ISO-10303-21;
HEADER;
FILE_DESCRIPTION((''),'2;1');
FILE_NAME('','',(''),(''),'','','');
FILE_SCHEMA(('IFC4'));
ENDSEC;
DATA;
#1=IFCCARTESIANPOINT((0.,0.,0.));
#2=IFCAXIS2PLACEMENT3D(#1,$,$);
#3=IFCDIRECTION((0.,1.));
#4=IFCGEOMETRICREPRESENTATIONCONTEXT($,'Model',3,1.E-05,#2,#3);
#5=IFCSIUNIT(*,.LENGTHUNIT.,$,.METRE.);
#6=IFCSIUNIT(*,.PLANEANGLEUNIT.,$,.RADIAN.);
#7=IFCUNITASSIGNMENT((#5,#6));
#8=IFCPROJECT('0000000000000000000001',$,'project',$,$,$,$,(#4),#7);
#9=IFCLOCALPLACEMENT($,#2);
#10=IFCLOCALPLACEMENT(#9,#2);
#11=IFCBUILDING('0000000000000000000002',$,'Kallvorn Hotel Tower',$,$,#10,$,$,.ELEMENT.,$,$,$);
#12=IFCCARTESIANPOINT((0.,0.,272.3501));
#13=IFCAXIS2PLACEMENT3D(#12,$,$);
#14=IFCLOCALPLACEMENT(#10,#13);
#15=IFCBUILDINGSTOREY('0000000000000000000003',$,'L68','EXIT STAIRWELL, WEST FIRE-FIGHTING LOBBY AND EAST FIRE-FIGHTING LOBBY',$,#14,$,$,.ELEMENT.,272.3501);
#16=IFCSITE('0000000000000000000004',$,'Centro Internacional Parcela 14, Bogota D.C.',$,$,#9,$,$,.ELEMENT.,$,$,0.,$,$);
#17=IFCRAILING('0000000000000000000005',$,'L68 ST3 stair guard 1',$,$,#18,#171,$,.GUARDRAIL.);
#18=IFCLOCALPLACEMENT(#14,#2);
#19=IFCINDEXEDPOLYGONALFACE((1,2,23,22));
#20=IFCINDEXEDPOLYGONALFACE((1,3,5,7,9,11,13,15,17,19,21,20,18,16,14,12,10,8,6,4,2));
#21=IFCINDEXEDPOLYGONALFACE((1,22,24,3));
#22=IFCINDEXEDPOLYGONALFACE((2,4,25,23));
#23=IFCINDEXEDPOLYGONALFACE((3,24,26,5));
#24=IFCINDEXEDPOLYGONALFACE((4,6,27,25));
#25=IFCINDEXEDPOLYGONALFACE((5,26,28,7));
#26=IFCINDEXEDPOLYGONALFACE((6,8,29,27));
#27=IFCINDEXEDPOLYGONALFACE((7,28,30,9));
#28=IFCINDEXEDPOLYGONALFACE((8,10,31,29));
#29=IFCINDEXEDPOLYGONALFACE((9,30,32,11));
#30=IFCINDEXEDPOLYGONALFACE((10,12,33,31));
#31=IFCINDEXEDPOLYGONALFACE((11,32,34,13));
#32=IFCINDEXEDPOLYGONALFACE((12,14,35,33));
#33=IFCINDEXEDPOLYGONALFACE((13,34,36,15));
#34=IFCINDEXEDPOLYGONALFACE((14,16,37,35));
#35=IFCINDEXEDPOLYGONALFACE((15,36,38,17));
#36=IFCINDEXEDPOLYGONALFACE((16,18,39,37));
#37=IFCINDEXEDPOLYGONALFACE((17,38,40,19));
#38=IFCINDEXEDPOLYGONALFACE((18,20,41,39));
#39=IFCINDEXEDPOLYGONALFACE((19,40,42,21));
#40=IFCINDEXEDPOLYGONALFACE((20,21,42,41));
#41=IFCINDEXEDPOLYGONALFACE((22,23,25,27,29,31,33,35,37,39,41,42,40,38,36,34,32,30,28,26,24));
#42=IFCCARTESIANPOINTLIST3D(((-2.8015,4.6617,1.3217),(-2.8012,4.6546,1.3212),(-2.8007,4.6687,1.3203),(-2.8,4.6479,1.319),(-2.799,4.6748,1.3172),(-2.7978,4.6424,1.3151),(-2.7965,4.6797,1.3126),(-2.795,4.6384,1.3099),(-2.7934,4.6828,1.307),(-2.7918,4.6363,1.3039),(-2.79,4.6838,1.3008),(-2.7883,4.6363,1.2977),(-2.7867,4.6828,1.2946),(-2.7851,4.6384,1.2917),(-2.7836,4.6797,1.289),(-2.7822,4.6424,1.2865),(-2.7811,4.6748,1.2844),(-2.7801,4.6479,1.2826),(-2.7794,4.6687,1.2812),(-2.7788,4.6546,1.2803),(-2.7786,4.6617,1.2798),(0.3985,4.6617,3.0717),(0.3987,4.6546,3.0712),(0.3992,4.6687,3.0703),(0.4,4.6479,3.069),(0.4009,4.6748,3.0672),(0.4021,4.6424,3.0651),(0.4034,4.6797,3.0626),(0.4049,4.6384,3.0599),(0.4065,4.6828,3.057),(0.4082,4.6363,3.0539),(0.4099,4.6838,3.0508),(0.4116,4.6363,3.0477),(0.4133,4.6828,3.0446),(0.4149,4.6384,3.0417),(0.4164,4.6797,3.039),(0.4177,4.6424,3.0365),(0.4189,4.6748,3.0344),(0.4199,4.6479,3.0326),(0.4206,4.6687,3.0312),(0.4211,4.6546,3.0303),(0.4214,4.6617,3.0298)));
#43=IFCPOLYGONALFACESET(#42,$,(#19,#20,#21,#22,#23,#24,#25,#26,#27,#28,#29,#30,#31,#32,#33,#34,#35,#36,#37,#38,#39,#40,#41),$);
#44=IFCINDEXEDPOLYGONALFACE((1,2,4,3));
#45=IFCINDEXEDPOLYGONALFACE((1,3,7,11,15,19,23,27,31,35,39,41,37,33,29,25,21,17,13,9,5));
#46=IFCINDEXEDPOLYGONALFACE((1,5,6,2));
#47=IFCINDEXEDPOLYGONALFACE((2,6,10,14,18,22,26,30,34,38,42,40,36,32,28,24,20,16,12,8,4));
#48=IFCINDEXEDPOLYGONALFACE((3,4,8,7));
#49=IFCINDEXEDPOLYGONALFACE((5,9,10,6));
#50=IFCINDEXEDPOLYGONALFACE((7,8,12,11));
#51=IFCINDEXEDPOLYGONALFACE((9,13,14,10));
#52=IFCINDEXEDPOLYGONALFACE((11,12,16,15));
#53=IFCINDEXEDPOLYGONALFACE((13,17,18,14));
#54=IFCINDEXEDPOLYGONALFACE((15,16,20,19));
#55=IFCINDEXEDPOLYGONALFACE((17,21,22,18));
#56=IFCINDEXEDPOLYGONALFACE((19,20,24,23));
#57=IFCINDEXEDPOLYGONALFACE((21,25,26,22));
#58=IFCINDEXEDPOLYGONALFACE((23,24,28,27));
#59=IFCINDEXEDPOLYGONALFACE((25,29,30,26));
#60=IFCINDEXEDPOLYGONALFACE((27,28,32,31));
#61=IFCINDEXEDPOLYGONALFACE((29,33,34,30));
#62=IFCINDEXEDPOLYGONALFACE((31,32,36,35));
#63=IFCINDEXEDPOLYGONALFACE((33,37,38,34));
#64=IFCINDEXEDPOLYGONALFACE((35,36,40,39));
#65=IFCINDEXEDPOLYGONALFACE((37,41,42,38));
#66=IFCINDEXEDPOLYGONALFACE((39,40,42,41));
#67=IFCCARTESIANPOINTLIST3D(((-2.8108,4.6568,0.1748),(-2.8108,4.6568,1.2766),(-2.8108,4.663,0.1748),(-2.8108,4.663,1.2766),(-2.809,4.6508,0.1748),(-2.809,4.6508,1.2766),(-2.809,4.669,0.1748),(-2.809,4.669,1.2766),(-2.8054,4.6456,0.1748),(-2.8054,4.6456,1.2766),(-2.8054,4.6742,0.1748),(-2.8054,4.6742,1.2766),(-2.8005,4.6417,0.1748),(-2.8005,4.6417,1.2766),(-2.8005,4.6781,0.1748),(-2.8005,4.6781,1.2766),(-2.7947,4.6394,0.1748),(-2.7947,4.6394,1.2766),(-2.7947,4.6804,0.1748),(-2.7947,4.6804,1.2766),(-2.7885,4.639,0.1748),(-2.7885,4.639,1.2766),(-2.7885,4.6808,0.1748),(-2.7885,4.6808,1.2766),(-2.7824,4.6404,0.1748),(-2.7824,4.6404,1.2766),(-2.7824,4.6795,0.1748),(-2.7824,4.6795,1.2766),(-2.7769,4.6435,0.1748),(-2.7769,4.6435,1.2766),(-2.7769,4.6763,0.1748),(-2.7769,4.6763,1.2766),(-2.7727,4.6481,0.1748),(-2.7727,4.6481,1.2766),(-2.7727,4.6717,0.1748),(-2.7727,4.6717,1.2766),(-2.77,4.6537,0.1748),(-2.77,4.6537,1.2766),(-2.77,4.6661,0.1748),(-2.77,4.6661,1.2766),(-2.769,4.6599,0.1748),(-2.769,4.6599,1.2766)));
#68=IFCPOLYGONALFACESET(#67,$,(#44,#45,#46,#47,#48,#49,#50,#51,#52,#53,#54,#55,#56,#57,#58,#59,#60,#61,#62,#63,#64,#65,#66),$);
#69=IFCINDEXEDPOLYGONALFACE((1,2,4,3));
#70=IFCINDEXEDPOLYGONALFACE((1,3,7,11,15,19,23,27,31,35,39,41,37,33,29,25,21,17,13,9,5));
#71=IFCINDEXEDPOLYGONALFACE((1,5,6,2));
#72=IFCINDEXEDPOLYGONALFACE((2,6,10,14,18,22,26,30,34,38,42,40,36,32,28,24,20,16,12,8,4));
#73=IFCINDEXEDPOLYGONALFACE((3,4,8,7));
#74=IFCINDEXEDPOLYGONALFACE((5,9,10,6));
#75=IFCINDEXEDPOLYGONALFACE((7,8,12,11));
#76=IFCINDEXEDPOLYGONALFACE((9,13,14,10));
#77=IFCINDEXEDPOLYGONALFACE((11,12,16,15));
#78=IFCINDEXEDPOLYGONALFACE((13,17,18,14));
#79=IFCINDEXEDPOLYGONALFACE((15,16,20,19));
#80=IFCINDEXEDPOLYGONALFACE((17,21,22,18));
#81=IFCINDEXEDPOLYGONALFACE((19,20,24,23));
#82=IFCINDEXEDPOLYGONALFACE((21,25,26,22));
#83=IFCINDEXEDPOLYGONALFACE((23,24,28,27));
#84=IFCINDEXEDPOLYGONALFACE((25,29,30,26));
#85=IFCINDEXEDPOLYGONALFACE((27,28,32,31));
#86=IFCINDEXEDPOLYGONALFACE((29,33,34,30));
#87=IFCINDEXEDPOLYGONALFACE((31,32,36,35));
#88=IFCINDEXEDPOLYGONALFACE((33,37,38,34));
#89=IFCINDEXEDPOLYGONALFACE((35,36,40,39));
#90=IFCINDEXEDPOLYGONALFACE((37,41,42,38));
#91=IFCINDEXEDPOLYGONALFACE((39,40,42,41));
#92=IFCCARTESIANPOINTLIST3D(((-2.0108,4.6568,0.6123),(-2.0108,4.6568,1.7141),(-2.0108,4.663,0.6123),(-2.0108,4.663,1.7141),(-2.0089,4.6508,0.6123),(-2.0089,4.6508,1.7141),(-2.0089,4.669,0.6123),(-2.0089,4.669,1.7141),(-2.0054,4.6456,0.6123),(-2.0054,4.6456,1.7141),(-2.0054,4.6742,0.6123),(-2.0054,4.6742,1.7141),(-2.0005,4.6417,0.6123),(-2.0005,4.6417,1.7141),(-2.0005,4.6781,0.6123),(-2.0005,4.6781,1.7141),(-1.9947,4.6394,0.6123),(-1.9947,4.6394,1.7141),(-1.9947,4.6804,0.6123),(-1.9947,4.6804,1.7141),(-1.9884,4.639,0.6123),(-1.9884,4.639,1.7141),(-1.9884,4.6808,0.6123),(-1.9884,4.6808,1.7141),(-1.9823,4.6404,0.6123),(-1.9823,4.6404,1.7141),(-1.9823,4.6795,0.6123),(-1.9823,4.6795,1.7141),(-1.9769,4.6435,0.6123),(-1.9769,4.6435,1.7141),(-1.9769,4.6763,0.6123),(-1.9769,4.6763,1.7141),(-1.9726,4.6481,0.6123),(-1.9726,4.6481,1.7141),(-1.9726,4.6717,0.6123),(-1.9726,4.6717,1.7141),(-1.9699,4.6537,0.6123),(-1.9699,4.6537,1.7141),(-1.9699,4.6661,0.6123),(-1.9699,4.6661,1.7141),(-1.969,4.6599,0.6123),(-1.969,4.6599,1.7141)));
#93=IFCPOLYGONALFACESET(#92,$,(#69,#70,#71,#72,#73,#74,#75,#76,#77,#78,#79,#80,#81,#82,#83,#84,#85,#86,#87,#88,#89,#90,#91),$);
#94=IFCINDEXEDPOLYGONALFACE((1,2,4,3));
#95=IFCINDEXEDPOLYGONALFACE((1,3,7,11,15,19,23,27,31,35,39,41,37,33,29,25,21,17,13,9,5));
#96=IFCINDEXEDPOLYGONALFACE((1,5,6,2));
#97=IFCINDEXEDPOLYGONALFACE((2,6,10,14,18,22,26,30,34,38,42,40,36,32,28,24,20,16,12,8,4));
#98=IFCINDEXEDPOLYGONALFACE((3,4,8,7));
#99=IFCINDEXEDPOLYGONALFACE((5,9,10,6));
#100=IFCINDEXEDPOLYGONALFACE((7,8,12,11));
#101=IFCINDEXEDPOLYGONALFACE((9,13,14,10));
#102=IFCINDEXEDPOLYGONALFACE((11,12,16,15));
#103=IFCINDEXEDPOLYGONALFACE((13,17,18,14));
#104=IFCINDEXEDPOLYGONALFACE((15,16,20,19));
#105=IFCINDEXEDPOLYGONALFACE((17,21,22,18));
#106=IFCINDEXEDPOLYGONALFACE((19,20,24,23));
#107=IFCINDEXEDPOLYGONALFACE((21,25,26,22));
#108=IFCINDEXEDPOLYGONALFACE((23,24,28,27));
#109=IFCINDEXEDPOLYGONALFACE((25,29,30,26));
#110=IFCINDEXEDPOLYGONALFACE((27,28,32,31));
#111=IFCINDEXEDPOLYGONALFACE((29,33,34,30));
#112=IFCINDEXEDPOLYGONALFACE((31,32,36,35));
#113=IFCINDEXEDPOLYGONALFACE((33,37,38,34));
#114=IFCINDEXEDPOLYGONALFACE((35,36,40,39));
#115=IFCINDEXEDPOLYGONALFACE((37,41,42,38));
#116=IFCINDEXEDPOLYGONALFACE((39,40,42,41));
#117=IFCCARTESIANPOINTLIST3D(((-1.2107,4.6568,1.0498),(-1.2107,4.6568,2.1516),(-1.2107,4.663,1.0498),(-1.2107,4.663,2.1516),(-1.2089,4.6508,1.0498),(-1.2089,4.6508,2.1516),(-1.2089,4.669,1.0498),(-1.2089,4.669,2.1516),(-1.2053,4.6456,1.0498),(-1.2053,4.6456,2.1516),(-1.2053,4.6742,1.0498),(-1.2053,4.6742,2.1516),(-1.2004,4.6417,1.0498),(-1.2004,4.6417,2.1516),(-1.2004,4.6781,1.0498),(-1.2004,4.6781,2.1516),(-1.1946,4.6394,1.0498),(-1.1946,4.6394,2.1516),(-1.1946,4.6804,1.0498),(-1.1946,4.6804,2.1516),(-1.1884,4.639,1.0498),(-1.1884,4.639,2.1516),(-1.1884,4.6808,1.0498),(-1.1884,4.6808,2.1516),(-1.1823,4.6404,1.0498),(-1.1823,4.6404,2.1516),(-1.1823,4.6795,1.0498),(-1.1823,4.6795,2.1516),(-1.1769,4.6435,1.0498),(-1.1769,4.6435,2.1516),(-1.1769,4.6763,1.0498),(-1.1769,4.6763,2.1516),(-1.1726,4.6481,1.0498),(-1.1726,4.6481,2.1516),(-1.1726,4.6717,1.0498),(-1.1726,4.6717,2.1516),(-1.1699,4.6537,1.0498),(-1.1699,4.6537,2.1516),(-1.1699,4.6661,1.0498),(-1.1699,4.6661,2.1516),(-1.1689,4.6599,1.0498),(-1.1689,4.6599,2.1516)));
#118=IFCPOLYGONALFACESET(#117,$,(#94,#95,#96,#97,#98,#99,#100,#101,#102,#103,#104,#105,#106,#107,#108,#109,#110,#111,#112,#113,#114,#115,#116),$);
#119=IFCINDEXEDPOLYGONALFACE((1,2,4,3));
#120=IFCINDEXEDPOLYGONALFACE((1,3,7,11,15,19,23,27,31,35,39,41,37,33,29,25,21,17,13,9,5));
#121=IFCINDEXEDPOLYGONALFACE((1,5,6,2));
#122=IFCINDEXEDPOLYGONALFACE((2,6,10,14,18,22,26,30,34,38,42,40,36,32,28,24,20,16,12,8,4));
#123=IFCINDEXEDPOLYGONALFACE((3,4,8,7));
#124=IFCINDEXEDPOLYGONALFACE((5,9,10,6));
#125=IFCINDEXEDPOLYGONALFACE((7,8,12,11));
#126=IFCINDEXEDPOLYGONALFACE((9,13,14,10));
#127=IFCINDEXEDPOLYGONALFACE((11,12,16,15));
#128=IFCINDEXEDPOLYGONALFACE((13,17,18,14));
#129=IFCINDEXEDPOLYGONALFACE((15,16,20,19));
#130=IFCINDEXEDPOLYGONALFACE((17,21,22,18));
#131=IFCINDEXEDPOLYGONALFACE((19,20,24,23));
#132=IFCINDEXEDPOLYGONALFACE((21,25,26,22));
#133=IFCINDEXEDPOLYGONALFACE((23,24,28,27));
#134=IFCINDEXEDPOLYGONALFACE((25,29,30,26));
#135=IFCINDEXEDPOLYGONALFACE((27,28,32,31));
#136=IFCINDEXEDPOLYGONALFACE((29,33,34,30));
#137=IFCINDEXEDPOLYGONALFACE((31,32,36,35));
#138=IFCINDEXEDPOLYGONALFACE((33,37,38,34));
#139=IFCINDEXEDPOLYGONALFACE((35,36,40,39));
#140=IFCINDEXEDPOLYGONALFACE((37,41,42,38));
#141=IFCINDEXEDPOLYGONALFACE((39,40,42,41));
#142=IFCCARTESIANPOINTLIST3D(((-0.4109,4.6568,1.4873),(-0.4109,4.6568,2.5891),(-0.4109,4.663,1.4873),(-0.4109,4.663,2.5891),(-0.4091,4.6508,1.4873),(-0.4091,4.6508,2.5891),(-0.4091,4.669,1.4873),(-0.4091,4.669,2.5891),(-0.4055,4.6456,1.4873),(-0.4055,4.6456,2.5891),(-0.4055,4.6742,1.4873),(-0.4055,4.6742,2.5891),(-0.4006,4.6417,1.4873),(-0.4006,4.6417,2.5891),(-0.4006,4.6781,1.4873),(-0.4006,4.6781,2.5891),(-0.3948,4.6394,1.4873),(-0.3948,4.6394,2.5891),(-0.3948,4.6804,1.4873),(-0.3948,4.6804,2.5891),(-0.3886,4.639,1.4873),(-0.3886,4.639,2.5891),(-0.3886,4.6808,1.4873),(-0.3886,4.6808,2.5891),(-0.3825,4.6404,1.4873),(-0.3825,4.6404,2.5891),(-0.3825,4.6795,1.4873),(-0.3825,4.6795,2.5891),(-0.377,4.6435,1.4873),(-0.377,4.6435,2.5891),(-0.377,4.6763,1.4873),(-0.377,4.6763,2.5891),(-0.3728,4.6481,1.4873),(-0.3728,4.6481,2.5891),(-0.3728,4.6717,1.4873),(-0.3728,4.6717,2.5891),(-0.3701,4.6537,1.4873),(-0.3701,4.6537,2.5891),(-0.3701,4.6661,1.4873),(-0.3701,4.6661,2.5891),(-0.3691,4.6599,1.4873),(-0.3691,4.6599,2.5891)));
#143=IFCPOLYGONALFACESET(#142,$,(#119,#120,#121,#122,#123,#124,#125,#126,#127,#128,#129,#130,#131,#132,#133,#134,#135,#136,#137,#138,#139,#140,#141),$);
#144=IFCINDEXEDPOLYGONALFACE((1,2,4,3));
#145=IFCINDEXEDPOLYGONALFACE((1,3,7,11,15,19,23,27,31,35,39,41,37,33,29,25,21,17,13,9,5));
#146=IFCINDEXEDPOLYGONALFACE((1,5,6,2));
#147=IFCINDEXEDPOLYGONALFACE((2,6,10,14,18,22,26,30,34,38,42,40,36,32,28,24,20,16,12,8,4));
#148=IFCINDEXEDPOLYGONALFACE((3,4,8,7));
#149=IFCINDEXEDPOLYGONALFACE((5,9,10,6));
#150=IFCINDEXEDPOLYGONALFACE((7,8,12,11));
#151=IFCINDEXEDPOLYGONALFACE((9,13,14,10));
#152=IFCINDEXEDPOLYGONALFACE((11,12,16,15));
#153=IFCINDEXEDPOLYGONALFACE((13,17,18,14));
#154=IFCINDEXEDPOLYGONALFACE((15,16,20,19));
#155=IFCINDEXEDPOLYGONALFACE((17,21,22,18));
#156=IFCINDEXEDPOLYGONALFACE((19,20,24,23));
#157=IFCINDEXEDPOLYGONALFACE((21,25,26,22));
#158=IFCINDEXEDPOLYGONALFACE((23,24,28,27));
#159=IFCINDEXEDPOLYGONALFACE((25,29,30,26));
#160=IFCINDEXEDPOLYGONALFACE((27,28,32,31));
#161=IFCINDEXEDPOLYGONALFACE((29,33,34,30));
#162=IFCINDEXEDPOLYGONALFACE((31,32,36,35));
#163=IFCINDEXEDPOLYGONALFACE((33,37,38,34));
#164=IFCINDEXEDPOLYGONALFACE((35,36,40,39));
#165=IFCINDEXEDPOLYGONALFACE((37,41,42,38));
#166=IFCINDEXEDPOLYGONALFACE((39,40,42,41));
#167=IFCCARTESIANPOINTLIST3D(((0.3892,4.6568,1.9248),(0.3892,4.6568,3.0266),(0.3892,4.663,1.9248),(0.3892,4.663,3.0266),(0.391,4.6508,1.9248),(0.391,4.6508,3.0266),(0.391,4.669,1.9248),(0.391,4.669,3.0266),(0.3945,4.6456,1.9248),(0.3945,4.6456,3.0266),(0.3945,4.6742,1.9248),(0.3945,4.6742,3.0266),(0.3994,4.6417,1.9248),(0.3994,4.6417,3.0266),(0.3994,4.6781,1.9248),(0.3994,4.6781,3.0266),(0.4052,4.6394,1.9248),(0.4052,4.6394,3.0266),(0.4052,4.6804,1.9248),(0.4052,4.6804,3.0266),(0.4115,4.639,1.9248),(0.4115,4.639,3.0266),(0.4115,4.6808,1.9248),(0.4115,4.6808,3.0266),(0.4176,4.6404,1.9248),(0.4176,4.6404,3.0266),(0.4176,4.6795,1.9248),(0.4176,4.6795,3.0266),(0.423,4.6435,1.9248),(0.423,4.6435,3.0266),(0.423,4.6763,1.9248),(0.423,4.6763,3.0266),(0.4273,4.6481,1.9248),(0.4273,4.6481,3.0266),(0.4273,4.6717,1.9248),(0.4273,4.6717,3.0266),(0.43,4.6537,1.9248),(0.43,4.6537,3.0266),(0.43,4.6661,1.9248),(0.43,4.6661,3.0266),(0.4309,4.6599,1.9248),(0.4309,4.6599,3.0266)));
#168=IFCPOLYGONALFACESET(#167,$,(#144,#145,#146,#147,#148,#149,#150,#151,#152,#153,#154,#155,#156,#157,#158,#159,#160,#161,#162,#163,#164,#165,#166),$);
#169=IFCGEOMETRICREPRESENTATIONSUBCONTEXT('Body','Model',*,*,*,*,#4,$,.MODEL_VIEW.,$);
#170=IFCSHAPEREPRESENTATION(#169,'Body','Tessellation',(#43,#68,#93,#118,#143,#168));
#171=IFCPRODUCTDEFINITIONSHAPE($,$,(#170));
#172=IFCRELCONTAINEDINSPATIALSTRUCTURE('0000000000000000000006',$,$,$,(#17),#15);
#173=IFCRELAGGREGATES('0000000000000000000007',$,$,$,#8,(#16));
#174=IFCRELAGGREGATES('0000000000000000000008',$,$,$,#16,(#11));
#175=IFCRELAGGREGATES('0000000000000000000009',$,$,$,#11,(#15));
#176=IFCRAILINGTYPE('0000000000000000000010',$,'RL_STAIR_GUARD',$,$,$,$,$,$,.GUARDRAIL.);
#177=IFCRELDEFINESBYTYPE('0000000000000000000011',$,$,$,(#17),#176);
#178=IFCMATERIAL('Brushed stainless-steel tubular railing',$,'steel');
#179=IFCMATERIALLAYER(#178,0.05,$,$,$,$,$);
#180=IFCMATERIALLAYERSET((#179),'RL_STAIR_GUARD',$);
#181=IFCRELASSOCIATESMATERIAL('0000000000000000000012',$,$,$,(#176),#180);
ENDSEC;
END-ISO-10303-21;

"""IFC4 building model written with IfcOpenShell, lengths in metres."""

from ifc_helpers import new_model, si_unit, direction, frame, origin, origin_2d, place, context, subcontext, project, spatial, circle, extrude, material, layer, layer_set, type_object, element, save


model = new_model("IFC4")

# Units and contexts
model_context = context("Model", 3, precision=1e-05, world=origin(), true_north=direction((0.0, 1.0)))
body_context = subcontext(model_context, "Body", "Model", "MODEL_VIEW")
ifc_project = project(units=[si_unit("LENGTHUNIT", "METRE"), si_unit("PLANEANGLEUNIT", "RADIAN")], contexts=[model_context])

# Site, building, storey
site_placement = place(None, origin())
site = spatial("IfcSite", under=ifc_project, at=site_placement, Name="Centro Internacional Parcela 14, Bogota D.C.", CompositionType="ELEMENT", RefElevation=0.0)
building_placement = place(site_placement, origin())
building = spatial("IfcBuilding", under=site, at=building_placement, Name="Kallvorn Hotel Tower", CompositionType="ELEMENT")
storey_placement = place(building_placement, frame((0.0, 0.0, 272.3501)))
storey = spatial("IfcBuildingStorey", under=building, at=storey_placement, Name="L68", Description="EXIT STAIRWELL, WEST FIRE-FIGHTING LOBBY AND EAST FIRE-FIGHTING LOBBY", CompositionType="ELEMENT", Elevation=272.3501)

# Railing
ifc_material_1 = material(Name="Brushed stainless-steel tubular railing", Category="steel")
ifc_layer_1 = layer(ifc_material_1, 0.05)
ifc_layer_set_1 = layer_set([ifc_layer_1], Name="RL_STAIR_GUARD")
railing_type_1 = type_object("IfcRailingType", Name="RL_STAIR_GUARD", PredefinedType="GUARDRAIL", material=ifc_layer_set_1)
railing_1_placement = place(storey_placement, frame((-2.79, 4.6599, 0.1748)))
element("IfcRailing", 1, at=railing_1_placement, inside=storey, type_object=railing_type_1, Name="L68 ST3 stair guard 1", PredefinedType="GUARDRAIL", context=body_context, shape_type="SweptSolid", body=[
    extrude(circle(Radius=0.0239, at=origin_2d()), frame((0.0, 0.0, 1.126), z_axis=(0.877368, 0.0, 0.479818), x_axis=(0.0, 1.0, 0.0)), (0.0, 0.0, 1.0), 3.6472),
    extrude(circle(Radius=0.021, at=origin_2d()), origin(), (0.0, 0.0, 1.0), 1.1018),
    extrude(circle(Radius=0.021, at=origin_2d()), frame((0.8, 0.0, 0.4375)), (0.0, 0.0, 1.0), 1.1018),
    extrude(circle(Radius=0.021, at=origin_2d()), frame((1.6001, 0.0, 0.875)), (0.0, 0.0, 1.0), 1.1018),
    extrude(circle(Radius=0.021, at=origin_2d()), frame((2.3999, 0.0, 1.3125)), (0.0, 0.0, 1.0), 1.1018),
    extrude(circle(Radius=0.021, at=origin_2d()), frame((3.2, 0.0, 1.75)), (0.0, 0.0, 1.0), 1.1018),
])

save(model, "model.ifc")
